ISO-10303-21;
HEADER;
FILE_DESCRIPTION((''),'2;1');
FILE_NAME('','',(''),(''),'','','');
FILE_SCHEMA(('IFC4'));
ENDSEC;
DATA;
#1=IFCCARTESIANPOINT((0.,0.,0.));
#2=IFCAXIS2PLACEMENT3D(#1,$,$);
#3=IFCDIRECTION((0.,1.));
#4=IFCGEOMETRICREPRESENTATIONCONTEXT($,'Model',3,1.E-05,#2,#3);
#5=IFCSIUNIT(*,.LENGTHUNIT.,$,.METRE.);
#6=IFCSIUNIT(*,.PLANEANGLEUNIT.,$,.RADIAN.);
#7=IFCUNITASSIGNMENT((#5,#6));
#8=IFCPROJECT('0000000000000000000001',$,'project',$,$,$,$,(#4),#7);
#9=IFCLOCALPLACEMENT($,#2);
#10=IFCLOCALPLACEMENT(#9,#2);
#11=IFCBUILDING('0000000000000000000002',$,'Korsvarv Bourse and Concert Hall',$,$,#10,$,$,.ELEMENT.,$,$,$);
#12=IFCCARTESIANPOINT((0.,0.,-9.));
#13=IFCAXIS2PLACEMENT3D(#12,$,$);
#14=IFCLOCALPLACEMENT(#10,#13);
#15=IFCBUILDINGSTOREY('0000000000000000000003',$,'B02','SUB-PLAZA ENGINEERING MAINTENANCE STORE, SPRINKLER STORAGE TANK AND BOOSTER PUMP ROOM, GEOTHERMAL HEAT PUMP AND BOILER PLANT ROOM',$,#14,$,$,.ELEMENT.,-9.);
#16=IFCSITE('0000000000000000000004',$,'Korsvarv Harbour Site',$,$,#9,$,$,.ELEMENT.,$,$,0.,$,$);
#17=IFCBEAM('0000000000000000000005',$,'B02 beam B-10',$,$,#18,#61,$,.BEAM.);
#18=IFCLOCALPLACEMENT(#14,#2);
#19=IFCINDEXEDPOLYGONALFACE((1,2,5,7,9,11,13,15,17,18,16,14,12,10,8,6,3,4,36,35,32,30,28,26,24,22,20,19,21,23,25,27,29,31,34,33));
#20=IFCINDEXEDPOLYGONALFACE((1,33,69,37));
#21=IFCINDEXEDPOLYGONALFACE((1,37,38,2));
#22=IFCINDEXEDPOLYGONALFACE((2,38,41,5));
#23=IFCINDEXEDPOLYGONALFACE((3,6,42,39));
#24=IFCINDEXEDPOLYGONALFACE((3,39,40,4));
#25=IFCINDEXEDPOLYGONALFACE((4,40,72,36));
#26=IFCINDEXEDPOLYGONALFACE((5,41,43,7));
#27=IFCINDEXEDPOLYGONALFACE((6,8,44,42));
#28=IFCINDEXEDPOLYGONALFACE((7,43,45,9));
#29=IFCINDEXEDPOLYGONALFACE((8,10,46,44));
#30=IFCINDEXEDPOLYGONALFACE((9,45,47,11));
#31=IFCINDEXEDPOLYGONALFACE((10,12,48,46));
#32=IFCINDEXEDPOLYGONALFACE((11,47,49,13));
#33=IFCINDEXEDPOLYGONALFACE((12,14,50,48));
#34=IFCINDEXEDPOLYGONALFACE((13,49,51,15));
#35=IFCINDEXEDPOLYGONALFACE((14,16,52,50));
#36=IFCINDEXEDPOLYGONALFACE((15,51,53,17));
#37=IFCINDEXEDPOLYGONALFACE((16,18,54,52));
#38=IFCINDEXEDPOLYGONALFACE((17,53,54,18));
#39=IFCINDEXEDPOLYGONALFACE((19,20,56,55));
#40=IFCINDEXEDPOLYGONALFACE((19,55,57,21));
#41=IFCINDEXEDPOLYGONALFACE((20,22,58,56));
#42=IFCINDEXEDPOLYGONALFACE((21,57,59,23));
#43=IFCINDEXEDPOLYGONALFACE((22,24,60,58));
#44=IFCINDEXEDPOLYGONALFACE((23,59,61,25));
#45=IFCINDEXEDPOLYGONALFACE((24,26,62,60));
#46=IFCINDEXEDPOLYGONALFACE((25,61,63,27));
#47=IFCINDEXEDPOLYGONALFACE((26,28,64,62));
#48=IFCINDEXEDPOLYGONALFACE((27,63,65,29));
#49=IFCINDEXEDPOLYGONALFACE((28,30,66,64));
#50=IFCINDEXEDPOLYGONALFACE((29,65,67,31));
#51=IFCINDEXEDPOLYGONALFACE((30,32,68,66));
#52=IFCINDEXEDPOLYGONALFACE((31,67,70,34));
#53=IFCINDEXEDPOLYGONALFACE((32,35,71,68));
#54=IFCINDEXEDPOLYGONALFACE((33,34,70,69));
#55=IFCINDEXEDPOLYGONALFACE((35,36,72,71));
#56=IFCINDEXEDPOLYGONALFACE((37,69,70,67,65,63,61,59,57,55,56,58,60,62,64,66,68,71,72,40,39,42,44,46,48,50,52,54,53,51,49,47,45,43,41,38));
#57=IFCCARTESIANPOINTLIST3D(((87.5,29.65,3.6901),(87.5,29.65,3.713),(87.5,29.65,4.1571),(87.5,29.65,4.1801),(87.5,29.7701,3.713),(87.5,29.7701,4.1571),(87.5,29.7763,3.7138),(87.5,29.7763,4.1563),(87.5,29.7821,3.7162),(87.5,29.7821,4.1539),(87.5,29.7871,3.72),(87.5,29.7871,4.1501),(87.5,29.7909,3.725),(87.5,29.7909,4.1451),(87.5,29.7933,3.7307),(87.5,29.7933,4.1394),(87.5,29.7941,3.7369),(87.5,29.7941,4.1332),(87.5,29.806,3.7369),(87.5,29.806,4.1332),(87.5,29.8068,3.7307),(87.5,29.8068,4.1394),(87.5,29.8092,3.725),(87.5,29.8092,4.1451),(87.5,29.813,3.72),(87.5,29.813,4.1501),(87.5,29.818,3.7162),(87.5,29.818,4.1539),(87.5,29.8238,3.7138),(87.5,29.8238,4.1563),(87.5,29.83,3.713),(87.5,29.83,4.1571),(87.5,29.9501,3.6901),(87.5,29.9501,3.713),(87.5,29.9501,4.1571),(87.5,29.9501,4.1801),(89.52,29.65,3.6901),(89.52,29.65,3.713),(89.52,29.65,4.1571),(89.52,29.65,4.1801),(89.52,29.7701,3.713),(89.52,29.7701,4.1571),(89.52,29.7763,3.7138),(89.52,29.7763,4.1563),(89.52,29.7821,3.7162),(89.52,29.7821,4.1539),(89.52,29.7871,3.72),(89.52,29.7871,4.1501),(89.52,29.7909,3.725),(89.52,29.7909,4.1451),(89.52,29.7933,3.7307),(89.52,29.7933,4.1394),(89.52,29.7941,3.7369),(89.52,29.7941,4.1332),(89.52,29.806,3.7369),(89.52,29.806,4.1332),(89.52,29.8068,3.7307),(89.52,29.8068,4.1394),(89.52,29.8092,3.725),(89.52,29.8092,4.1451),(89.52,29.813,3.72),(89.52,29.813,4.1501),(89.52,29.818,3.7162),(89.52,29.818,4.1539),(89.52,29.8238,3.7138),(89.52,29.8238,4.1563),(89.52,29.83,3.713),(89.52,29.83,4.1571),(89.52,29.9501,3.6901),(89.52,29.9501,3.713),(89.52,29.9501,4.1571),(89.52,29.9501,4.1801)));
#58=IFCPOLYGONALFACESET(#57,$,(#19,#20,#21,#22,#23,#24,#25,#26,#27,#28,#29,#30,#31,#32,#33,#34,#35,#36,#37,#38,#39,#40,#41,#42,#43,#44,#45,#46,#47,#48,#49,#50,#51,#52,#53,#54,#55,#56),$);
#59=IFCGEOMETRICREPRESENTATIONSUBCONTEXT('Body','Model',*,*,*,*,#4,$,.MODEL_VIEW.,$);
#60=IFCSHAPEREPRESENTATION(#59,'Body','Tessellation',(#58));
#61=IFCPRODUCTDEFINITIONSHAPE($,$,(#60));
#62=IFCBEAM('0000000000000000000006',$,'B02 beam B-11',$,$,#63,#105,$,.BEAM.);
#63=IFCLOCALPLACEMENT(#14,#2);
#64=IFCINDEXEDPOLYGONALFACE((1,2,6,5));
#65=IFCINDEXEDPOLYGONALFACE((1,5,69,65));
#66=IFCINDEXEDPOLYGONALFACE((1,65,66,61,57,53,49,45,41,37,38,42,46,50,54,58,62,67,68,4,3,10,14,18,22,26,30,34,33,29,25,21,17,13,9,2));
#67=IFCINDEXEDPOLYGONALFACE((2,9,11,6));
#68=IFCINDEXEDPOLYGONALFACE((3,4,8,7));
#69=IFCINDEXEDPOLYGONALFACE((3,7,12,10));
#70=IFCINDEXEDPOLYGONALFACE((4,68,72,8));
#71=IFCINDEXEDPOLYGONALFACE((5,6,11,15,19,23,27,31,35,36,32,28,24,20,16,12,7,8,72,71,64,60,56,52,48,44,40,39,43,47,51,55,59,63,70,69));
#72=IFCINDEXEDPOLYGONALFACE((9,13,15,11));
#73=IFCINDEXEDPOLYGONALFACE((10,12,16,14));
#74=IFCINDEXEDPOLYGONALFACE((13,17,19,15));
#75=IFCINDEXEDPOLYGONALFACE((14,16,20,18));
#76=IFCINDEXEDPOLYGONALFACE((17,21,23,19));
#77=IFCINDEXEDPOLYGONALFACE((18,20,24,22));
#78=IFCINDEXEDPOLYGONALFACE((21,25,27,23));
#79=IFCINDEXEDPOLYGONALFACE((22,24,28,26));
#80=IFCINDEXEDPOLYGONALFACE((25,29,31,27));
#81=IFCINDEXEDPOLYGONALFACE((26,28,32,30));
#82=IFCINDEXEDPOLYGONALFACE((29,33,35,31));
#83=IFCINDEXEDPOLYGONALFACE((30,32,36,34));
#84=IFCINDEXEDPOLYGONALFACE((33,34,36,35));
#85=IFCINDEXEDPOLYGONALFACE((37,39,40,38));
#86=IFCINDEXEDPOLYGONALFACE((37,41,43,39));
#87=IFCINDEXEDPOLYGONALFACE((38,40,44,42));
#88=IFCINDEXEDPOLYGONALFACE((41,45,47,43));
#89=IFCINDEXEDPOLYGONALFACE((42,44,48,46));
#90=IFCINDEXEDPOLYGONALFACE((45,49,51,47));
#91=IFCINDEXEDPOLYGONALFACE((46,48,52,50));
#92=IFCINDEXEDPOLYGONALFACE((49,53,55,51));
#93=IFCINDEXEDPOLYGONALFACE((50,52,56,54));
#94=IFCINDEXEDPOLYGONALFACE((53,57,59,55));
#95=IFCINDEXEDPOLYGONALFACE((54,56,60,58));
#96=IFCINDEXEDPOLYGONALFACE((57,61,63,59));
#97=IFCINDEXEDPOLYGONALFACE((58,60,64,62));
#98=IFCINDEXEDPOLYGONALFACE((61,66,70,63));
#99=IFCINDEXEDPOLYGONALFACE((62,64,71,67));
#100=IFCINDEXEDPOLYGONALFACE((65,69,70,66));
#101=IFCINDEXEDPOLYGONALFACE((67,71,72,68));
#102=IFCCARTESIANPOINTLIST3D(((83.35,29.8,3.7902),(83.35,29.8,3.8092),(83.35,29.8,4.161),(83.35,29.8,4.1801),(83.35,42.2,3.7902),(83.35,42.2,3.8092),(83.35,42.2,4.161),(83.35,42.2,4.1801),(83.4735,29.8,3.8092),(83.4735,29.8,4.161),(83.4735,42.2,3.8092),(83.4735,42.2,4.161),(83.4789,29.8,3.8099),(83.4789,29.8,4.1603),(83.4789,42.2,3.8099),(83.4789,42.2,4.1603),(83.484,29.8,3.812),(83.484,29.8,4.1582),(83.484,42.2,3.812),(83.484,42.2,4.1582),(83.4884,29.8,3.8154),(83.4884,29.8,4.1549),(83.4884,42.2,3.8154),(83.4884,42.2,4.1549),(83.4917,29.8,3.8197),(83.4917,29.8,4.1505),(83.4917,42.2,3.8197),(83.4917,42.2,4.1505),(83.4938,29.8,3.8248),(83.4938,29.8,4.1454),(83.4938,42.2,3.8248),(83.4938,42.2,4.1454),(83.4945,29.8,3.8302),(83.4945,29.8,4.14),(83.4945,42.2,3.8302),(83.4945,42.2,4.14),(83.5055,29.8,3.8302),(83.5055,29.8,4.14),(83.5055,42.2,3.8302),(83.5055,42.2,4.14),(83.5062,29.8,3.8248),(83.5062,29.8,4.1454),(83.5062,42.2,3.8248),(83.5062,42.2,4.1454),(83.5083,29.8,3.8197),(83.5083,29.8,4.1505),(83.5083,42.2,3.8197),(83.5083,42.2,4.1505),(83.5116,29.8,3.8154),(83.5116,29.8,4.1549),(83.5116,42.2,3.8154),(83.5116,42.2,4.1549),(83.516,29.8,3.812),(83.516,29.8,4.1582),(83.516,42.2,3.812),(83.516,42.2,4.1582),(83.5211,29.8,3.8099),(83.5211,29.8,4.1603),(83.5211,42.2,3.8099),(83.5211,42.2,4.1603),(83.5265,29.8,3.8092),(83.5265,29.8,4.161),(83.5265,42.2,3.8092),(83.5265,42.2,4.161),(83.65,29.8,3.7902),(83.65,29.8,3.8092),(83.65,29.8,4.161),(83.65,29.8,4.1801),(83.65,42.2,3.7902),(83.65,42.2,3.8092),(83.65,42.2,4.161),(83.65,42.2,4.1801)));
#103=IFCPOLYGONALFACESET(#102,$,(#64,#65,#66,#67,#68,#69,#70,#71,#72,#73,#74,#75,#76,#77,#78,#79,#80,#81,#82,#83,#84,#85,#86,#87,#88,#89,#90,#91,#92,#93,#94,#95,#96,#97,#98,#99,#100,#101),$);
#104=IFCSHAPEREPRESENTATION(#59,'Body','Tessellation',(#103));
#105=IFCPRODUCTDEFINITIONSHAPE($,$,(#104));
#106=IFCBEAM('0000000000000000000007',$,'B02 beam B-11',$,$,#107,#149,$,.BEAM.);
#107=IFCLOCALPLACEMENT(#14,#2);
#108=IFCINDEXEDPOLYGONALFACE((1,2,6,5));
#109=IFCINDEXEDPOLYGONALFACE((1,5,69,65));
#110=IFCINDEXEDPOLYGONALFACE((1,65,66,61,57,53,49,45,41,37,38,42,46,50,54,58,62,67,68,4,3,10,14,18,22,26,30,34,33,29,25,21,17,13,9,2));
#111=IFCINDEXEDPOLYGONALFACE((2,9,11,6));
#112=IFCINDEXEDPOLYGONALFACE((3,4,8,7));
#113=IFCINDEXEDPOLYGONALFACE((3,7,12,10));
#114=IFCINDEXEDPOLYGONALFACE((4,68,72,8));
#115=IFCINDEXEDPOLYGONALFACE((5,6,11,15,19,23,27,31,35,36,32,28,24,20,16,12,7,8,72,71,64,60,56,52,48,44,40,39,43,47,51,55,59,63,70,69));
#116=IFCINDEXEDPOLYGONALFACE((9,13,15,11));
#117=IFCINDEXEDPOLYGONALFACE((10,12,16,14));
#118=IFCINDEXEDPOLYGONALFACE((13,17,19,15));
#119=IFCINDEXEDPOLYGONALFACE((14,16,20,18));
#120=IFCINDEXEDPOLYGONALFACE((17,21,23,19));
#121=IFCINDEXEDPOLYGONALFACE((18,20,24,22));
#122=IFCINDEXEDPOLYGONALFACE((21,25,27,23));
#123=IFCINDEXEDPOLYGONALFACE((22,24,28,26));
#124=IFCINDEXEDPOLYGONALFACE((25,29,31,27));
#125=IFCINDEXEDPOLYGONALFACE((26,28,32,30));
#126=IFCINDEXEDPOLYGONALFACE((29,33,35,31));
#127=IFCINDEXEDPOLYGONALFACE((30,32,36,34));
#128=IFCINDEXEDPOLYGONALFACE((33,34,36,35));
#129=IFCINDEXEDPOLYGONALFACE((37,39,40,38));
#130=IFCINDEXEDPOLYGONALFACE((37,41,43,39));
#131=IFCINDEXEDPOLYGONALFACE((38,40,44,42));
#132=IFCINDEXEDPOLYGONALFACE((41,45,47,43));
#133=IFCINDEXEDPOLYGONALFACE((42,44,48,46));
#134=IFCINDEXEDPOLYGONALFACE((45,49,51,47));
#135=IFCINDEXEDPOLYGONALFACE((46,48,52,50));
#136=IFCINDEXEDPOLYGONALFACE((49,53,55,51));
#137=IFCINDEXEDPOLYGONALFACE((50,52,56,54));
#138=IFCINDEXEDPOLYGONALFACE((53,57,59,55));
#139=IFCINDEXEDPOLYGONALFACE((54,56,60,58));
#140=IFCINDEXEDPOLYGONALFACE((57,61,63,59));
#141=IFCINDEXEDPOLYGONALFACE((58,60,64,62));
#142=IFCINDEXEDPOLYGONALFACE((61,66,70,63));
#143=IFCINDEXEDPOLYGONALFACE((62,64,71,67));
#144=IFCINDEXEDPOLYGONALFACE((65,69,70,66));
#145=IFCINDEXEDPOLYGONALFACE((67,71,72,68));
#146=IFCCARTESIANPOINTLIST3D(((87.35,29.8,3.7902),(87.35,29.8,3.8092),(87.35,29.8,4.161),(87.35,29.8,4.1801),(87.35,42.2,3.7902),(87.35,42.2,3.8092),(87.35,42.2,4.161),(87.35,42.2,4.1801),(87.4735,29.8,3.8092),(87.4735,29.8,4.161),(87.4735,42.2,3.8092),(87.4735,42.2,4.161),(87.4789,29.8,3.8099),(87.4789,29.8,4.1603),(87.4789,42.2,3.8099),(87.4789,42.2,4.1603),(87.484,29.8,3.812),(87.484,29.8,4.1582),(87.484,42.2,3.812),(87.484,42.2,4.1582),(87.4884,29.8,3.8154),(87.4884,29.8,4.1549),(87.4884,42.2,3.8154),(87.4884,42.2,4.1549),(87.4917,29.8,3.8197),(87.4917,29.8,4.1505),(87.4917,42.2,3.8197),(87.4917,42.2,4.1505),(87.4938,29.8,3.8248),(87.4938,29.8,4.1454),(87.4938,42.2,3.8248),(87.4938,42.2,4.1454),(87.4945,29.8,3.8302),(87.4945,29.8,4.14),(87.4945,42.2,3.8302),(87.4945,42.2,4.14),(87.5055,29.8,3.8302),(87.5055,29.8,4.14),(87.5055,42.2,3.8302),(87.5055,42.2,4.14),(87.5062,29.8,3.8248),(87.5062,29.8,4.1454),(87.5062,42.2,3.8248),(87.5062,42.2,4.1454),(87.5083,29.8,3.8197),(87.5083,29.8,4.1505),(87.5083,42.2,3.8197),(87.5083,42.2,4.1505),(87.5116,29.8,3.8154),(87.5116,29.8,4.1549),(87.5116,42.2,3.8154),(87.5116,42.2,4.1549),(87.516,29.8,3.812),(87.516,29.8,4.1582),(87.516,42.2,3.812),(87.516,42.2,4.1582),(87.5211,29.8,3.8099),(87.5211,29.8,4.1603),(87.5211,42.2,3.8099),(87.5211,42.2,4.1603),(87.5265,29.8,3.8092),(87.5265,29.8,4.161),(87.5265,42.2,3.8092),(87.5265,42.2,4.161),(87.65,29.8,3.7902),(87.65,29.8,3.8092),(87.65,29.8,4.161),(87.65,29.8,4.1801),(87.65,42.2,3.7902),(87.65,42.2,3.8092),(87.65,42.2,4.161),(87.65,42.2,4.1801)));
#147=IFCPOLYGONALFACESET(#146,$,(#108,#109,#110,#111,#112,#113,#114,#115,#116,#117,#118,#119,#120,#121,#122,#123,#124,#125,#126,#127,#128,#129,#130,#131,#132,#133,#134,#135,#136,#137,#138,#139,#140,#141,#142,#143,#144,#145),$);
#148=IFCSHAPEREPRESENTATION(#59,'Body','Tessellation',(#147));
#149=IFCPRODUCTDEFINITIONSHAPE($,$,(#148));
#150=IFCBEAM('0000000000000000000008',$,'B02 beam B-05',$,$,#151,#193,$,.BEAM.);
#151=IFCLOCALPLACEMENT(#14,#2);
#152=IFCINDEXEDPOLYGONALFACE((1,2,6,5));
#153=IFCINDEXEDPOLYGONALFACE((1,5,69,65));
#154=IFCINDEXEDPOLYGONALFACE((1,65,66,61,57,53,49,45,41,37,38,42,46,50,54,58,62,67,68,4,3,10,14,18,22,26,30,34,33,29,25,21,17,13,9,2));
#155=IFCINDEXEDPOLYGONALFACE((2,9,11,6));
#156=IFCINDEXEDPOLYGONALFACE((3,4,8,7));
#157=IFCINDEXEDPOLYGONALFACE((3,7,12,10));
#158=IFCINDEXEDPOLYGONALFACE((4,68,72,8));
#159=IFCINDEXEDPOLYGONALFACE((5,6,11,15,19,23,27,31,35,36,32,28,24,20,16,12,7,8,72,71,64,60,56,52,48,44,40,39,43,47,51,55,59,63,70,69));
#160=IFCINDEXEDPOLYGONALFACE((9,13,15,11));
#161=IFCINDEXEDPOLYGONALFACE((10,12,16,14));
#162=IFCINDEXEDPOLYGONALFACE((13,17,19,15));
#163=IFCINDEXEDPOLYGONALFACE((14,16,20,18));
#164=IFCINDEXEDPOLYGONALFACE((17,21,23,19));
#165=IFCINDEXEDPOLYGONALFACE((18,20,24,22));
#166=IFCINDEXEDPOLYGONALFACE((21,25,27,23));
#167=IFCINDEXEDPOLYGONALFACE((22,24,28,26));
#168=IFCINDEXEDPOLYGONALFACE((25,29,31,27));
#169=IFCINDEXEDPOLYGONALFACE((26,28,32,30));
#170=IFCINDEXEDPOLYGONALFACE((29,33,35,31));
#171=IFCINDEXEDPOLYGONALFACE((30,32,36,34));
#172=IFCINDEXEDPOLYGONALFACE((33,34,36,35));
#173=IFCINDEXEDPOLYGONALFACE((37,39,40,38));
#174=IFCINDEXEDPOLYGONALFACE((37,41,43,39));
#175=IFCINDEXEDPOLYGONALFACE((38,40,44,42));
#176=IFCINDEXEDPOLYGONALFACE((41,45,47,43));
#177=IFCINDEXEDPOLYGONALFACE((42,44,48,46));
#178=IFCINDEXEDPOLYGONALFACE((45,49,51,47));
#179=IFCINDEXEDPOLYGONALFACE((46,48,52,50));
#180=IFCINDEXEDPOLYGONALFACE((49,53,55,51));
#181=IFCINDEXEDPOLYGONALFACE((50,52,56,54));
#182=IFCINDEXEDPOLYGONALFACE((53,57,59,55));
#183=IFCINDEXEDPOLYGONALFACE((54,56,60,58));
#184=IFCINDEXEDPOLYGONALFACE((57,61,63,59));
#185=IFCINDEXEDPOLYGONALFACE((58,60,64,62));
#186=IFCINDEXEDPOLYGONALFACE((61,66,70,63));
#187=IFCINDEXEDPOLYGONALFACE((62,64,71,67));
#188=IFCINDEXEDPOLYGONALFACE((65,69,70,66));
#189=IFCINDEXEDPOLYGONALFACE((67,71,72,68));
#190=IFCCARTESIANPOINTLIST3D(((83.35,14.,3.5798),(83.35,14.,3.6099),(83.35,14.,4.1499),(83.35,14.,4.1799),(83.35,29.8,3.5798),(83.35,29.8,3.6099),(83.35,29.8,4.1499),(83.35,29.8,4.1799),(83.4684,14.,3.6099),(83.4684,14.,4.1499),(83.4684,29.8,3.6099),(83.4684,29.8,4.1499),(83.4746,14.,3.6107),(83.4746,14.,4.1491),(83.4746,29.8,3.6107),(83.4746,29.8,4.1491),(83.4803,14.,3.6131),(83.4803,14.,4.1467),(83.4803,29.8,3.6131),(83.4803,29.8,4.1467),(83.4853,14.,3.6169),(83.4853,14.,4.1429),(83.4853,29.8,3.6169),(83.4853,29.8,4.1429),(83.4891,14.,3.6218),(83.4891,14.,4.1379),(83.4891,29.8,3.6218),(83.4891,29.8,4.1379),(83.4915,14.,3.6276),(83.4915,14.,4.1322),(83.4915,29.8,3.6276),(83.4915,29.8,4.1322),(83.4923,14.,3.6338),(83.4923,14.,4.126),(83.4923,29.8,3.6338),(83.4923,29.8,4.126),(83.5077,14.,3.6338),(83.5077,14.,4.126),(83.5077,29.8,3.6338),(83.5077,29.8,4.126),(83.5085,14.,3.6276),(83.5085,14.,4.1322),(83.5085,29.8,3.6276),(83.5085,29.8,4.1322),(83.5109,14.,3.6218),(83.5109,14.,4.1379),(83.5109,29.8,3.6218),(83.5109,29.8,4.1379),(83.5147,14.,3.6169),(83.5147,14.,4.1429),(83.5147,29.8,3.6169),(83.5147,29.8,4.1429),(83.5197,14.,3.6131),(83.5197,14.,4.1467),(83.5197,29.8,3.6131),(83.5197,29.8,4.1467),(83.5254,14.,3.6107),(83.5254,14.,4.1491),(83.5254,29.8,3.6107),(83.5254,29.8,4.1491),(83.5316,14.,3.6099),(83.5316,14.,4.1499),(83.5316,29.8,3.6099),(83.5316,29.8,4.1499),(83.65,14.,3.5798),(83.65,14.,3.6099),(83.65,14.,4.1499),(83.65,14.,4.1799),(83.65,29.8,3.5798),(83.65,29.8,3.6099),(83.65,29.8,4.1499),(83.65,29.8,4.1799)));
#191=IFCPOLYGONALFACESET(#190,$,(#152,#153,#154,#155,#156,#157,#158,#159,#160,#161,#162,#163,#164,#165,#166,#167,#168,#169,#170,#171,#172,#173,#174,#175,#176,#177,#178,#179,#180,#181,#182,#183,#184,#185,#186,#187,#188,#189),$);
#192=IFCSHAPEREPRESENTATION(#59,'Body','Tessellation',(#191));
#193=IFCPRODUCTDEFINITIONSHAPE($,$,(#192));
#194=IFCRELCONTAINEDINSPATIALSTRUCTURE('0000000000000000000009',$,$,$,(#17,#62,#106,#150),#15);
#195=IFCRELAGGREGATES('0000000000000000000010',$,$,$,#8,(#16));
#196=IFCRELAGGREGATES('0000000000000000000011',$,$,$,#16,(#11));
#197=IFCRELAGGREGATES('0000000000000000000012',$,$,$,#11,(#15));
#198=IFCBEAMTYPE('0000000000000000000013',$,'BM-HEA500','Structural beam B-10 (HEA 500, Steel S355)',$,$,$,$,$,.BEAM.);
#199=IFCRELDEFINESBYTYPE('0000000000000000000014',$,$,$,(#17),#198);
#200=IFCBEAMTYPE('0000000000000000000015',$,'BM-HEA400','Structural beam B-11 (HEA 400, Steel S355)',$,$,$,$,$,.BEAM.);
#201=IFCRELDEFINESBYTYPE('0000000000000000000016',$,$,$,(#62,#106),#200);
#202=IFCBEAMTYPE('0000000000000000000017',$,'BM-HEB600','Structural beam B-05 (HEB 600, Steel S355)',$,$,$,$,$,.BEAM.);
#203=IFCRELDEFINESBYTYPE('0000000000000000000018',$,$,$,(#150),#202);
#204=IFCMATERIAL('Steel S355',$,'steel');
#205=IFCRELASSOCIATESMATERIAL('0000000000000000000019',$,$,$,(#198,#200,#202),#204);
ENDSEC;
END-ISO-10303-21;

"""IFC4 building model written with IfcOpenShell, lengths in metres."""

from ifc_helpers import new_model, si_unit, direction, frame, origin, origin_2d, place, context, subcontext, project, spatial, i_section, extrude, source, transform, mapped, material, material_profile, profile_set, type_object, element, save


model = new_model("IFC4")

# Units and contexts
model_context = context("Model", 3, precision=1e-05, world=origin(), true_north=direction((0.0, 1.0)))
body_context = subcontext(model_context, "Body", "Model", "MODEL_VIEW")
ifc_project = project(units=[si_unit("LENGTHUNIT", "METRE"), si_unit("PLANEANGLEUNIT", "RADIAN")], contexts=[model_context])

# Site, building, storey
site_placement = place(None, origin())
site = spatial("IfcSite", under=ifc_project, at=site_placement, Name="Korsvarv Harbour Site", CompositionType="ELEMENT", RefElevation=0.0)
building_placement = place(site_placement, origin())
building = spatial("IfcBuilding", under=site, at=building_placement, Name="Korsvarv Bourse and Concert Hall", CompositionType="ELEMENT")
storey_placement = place(building_placement, frame((0.0, 0.0, -9.0)))
storey = spatial("IfcBuildingStorey", under=building, at=storey_placement, Name="B02", Description="SUB-PLAZA ENGINEERING MAINTENANCE STORE, SPRINKLER STORAGE TANK AND BOOSTER PUMP ROOM, GEOTHERMAL HEAT PUMP AND BOILER PLANT ROOM", CompositionType="ELEMENT", Elevation=-9.0)

# Beams
ifc_material_1 = material(Name="Steel S355", Category="steel")
ifc_material_profile_1 = material_profile(ifc_material_1, i_section(OverallWidth=0.3, OverallDepth=0.49, WebThickness=0.012, FlangeThickness=0.0229, FilletRadius=0.0239, at=origin_2d()), Name="HEA 500")
ifc_profile_set_1 = profile_set([ifc_material_profile_1], Name="Steel S355")
beam_type_1 = type_object("IfcBeamType", Name="BM-HEA500", Description="Structural beam B-10 (HEA 500, Steel S355)", PredefinedType="BEAM", material=ifc_profile_set_1)
shared_shape_1 = source(origin(), body_context, "Body", "SweptSolid", [
    extrude(i_section(OverallWidth=0.3, OverallDepth=0.49, WebThickness=0.012, FlangeThickness=0.0229, FilletRadius=0.0239, at=origin_2d()), origin(), (0.0, 0.0, 1.0), 2.02),
])
beam_1_placement = place(storey_placement, frame((87.5, 29.8, 3.9351), z_axis=(1.0, 0.0, 0.0), x_axis=(0.0, 1.0, 0.0)))
element("IfcBeam", 1, at=beam_1_placement, inside=storey, type_object=beam_type_1, Name="B02 beam B-10", PredefinedType="BEAM", context=body_context, shape_type="MappedRepresentation", body=[
    mapped(shared_shape_1, transform((0.0, 0.0, 0.0), scale=1.0)),
])
ifc_material_profile_2 = material_profile(ifc_material_1, i_section(OverallWidth=0.3, OverallDepth=0.3899, WebThickness=0.011, FlangeThickness=0.019, FilletRadius=0.021, at=origin_2d()), Name="HEA 400")
ifc_profile_set_2 = profile_set([ifc_material_profile_2], Name="Steel S355")
beam_type_2 = type_object("IfcBeamType", Name="BM-HEA400", Description="Structural beam B-11 (HEA 400, Steel S355)", PredefinedType="BEAM", material=ifc_profile_set_2)
shared_shape_2 = source(origin(), body_context, "Body", "SweptSolid", [
    extrude(i_section(OverallWidth=0.3, OverallDepth=0.3899, WebThickness=0.011, FlangeThickness=0.019, FilletRadius=0.021, at=origin_2d()), origin(), (0.0, 0.0, 1.0), 12.3999),
])
for number, where, z_axis, x_axis, name in (
    (2, (83.5, 29.8, 3.9851), (0.0, 1.0, 0.0), (-1.0, 0.0, 0.0), "B02 beam B-11"),
    (3, (87.5, 29.8, 3.9851), (0.0, 1.0, 0.0), (-1.0, 0.0, 0.0), "B02 beam B-11"),
):
    element("IfcBeam", number, at=place(storey_placement, frame(where, z_axis=z_axis, x_axis=x_axis)), inside=storey, type_object=beam_type_2, Name=name, PredefinedType="BEAM", context=body_context, shape_type="MappedRepresentation", body=[
        mapped(shared_shape_2, transform((0.0, 0.0, 0.0), scale=1.0)),
    ])
ifc_material_profile_3 = material_profile(ifc_material_1, i_section(OverallWidth=0.3, OverallDepth=0.6001, WebThickness=0.0154, FlangeThickness=0.03, FilletRadius=0.0239, at=origin_2d()), Name="HEB 600")
ifc_profile_set_3 = profile_set([ifc_material_profile_3], Name="Steel S355")
beam_type_3 = type_object("IfcBeamType", Name="BM-HEB600", Description="Structural beam B-05 (HEB 600, Steel S355)", PredefinedType="BEAM", material=ifc_profile_set_3)
shared_shape_3 = source(origin(), body_context, "Body", "SweptSolid", [
    extrude(i_section(OverallWidth=0.3, OverallDepth=0.6001, WebThickness=0.0154, FlangeThickness=0.03, FilletRadius=0.0239, at=origin_2d()), origin(), (0.0, 0.0, 1.0), 15.8),
])
beam_2_placement = place(storey_placement, frame((83.5, 14.0, 3.8799), z_axis=(0.0, 1.0, 0.0), x_axis=(-1.0, 0.0, 0.0)))
element("IfcBeam", 4, at=beam_2_placement, inside=storey, type_object=beam_type_3, Name="B02 beam B-05", PredefinedType="BEAM", context=body_context, shape_type="MappedRepresentation", body=[
    mapped(shared_shape_3, transform((0.0, 0.0, 0.0), scale=1.0)),
])

save(model, "model.ifc")
